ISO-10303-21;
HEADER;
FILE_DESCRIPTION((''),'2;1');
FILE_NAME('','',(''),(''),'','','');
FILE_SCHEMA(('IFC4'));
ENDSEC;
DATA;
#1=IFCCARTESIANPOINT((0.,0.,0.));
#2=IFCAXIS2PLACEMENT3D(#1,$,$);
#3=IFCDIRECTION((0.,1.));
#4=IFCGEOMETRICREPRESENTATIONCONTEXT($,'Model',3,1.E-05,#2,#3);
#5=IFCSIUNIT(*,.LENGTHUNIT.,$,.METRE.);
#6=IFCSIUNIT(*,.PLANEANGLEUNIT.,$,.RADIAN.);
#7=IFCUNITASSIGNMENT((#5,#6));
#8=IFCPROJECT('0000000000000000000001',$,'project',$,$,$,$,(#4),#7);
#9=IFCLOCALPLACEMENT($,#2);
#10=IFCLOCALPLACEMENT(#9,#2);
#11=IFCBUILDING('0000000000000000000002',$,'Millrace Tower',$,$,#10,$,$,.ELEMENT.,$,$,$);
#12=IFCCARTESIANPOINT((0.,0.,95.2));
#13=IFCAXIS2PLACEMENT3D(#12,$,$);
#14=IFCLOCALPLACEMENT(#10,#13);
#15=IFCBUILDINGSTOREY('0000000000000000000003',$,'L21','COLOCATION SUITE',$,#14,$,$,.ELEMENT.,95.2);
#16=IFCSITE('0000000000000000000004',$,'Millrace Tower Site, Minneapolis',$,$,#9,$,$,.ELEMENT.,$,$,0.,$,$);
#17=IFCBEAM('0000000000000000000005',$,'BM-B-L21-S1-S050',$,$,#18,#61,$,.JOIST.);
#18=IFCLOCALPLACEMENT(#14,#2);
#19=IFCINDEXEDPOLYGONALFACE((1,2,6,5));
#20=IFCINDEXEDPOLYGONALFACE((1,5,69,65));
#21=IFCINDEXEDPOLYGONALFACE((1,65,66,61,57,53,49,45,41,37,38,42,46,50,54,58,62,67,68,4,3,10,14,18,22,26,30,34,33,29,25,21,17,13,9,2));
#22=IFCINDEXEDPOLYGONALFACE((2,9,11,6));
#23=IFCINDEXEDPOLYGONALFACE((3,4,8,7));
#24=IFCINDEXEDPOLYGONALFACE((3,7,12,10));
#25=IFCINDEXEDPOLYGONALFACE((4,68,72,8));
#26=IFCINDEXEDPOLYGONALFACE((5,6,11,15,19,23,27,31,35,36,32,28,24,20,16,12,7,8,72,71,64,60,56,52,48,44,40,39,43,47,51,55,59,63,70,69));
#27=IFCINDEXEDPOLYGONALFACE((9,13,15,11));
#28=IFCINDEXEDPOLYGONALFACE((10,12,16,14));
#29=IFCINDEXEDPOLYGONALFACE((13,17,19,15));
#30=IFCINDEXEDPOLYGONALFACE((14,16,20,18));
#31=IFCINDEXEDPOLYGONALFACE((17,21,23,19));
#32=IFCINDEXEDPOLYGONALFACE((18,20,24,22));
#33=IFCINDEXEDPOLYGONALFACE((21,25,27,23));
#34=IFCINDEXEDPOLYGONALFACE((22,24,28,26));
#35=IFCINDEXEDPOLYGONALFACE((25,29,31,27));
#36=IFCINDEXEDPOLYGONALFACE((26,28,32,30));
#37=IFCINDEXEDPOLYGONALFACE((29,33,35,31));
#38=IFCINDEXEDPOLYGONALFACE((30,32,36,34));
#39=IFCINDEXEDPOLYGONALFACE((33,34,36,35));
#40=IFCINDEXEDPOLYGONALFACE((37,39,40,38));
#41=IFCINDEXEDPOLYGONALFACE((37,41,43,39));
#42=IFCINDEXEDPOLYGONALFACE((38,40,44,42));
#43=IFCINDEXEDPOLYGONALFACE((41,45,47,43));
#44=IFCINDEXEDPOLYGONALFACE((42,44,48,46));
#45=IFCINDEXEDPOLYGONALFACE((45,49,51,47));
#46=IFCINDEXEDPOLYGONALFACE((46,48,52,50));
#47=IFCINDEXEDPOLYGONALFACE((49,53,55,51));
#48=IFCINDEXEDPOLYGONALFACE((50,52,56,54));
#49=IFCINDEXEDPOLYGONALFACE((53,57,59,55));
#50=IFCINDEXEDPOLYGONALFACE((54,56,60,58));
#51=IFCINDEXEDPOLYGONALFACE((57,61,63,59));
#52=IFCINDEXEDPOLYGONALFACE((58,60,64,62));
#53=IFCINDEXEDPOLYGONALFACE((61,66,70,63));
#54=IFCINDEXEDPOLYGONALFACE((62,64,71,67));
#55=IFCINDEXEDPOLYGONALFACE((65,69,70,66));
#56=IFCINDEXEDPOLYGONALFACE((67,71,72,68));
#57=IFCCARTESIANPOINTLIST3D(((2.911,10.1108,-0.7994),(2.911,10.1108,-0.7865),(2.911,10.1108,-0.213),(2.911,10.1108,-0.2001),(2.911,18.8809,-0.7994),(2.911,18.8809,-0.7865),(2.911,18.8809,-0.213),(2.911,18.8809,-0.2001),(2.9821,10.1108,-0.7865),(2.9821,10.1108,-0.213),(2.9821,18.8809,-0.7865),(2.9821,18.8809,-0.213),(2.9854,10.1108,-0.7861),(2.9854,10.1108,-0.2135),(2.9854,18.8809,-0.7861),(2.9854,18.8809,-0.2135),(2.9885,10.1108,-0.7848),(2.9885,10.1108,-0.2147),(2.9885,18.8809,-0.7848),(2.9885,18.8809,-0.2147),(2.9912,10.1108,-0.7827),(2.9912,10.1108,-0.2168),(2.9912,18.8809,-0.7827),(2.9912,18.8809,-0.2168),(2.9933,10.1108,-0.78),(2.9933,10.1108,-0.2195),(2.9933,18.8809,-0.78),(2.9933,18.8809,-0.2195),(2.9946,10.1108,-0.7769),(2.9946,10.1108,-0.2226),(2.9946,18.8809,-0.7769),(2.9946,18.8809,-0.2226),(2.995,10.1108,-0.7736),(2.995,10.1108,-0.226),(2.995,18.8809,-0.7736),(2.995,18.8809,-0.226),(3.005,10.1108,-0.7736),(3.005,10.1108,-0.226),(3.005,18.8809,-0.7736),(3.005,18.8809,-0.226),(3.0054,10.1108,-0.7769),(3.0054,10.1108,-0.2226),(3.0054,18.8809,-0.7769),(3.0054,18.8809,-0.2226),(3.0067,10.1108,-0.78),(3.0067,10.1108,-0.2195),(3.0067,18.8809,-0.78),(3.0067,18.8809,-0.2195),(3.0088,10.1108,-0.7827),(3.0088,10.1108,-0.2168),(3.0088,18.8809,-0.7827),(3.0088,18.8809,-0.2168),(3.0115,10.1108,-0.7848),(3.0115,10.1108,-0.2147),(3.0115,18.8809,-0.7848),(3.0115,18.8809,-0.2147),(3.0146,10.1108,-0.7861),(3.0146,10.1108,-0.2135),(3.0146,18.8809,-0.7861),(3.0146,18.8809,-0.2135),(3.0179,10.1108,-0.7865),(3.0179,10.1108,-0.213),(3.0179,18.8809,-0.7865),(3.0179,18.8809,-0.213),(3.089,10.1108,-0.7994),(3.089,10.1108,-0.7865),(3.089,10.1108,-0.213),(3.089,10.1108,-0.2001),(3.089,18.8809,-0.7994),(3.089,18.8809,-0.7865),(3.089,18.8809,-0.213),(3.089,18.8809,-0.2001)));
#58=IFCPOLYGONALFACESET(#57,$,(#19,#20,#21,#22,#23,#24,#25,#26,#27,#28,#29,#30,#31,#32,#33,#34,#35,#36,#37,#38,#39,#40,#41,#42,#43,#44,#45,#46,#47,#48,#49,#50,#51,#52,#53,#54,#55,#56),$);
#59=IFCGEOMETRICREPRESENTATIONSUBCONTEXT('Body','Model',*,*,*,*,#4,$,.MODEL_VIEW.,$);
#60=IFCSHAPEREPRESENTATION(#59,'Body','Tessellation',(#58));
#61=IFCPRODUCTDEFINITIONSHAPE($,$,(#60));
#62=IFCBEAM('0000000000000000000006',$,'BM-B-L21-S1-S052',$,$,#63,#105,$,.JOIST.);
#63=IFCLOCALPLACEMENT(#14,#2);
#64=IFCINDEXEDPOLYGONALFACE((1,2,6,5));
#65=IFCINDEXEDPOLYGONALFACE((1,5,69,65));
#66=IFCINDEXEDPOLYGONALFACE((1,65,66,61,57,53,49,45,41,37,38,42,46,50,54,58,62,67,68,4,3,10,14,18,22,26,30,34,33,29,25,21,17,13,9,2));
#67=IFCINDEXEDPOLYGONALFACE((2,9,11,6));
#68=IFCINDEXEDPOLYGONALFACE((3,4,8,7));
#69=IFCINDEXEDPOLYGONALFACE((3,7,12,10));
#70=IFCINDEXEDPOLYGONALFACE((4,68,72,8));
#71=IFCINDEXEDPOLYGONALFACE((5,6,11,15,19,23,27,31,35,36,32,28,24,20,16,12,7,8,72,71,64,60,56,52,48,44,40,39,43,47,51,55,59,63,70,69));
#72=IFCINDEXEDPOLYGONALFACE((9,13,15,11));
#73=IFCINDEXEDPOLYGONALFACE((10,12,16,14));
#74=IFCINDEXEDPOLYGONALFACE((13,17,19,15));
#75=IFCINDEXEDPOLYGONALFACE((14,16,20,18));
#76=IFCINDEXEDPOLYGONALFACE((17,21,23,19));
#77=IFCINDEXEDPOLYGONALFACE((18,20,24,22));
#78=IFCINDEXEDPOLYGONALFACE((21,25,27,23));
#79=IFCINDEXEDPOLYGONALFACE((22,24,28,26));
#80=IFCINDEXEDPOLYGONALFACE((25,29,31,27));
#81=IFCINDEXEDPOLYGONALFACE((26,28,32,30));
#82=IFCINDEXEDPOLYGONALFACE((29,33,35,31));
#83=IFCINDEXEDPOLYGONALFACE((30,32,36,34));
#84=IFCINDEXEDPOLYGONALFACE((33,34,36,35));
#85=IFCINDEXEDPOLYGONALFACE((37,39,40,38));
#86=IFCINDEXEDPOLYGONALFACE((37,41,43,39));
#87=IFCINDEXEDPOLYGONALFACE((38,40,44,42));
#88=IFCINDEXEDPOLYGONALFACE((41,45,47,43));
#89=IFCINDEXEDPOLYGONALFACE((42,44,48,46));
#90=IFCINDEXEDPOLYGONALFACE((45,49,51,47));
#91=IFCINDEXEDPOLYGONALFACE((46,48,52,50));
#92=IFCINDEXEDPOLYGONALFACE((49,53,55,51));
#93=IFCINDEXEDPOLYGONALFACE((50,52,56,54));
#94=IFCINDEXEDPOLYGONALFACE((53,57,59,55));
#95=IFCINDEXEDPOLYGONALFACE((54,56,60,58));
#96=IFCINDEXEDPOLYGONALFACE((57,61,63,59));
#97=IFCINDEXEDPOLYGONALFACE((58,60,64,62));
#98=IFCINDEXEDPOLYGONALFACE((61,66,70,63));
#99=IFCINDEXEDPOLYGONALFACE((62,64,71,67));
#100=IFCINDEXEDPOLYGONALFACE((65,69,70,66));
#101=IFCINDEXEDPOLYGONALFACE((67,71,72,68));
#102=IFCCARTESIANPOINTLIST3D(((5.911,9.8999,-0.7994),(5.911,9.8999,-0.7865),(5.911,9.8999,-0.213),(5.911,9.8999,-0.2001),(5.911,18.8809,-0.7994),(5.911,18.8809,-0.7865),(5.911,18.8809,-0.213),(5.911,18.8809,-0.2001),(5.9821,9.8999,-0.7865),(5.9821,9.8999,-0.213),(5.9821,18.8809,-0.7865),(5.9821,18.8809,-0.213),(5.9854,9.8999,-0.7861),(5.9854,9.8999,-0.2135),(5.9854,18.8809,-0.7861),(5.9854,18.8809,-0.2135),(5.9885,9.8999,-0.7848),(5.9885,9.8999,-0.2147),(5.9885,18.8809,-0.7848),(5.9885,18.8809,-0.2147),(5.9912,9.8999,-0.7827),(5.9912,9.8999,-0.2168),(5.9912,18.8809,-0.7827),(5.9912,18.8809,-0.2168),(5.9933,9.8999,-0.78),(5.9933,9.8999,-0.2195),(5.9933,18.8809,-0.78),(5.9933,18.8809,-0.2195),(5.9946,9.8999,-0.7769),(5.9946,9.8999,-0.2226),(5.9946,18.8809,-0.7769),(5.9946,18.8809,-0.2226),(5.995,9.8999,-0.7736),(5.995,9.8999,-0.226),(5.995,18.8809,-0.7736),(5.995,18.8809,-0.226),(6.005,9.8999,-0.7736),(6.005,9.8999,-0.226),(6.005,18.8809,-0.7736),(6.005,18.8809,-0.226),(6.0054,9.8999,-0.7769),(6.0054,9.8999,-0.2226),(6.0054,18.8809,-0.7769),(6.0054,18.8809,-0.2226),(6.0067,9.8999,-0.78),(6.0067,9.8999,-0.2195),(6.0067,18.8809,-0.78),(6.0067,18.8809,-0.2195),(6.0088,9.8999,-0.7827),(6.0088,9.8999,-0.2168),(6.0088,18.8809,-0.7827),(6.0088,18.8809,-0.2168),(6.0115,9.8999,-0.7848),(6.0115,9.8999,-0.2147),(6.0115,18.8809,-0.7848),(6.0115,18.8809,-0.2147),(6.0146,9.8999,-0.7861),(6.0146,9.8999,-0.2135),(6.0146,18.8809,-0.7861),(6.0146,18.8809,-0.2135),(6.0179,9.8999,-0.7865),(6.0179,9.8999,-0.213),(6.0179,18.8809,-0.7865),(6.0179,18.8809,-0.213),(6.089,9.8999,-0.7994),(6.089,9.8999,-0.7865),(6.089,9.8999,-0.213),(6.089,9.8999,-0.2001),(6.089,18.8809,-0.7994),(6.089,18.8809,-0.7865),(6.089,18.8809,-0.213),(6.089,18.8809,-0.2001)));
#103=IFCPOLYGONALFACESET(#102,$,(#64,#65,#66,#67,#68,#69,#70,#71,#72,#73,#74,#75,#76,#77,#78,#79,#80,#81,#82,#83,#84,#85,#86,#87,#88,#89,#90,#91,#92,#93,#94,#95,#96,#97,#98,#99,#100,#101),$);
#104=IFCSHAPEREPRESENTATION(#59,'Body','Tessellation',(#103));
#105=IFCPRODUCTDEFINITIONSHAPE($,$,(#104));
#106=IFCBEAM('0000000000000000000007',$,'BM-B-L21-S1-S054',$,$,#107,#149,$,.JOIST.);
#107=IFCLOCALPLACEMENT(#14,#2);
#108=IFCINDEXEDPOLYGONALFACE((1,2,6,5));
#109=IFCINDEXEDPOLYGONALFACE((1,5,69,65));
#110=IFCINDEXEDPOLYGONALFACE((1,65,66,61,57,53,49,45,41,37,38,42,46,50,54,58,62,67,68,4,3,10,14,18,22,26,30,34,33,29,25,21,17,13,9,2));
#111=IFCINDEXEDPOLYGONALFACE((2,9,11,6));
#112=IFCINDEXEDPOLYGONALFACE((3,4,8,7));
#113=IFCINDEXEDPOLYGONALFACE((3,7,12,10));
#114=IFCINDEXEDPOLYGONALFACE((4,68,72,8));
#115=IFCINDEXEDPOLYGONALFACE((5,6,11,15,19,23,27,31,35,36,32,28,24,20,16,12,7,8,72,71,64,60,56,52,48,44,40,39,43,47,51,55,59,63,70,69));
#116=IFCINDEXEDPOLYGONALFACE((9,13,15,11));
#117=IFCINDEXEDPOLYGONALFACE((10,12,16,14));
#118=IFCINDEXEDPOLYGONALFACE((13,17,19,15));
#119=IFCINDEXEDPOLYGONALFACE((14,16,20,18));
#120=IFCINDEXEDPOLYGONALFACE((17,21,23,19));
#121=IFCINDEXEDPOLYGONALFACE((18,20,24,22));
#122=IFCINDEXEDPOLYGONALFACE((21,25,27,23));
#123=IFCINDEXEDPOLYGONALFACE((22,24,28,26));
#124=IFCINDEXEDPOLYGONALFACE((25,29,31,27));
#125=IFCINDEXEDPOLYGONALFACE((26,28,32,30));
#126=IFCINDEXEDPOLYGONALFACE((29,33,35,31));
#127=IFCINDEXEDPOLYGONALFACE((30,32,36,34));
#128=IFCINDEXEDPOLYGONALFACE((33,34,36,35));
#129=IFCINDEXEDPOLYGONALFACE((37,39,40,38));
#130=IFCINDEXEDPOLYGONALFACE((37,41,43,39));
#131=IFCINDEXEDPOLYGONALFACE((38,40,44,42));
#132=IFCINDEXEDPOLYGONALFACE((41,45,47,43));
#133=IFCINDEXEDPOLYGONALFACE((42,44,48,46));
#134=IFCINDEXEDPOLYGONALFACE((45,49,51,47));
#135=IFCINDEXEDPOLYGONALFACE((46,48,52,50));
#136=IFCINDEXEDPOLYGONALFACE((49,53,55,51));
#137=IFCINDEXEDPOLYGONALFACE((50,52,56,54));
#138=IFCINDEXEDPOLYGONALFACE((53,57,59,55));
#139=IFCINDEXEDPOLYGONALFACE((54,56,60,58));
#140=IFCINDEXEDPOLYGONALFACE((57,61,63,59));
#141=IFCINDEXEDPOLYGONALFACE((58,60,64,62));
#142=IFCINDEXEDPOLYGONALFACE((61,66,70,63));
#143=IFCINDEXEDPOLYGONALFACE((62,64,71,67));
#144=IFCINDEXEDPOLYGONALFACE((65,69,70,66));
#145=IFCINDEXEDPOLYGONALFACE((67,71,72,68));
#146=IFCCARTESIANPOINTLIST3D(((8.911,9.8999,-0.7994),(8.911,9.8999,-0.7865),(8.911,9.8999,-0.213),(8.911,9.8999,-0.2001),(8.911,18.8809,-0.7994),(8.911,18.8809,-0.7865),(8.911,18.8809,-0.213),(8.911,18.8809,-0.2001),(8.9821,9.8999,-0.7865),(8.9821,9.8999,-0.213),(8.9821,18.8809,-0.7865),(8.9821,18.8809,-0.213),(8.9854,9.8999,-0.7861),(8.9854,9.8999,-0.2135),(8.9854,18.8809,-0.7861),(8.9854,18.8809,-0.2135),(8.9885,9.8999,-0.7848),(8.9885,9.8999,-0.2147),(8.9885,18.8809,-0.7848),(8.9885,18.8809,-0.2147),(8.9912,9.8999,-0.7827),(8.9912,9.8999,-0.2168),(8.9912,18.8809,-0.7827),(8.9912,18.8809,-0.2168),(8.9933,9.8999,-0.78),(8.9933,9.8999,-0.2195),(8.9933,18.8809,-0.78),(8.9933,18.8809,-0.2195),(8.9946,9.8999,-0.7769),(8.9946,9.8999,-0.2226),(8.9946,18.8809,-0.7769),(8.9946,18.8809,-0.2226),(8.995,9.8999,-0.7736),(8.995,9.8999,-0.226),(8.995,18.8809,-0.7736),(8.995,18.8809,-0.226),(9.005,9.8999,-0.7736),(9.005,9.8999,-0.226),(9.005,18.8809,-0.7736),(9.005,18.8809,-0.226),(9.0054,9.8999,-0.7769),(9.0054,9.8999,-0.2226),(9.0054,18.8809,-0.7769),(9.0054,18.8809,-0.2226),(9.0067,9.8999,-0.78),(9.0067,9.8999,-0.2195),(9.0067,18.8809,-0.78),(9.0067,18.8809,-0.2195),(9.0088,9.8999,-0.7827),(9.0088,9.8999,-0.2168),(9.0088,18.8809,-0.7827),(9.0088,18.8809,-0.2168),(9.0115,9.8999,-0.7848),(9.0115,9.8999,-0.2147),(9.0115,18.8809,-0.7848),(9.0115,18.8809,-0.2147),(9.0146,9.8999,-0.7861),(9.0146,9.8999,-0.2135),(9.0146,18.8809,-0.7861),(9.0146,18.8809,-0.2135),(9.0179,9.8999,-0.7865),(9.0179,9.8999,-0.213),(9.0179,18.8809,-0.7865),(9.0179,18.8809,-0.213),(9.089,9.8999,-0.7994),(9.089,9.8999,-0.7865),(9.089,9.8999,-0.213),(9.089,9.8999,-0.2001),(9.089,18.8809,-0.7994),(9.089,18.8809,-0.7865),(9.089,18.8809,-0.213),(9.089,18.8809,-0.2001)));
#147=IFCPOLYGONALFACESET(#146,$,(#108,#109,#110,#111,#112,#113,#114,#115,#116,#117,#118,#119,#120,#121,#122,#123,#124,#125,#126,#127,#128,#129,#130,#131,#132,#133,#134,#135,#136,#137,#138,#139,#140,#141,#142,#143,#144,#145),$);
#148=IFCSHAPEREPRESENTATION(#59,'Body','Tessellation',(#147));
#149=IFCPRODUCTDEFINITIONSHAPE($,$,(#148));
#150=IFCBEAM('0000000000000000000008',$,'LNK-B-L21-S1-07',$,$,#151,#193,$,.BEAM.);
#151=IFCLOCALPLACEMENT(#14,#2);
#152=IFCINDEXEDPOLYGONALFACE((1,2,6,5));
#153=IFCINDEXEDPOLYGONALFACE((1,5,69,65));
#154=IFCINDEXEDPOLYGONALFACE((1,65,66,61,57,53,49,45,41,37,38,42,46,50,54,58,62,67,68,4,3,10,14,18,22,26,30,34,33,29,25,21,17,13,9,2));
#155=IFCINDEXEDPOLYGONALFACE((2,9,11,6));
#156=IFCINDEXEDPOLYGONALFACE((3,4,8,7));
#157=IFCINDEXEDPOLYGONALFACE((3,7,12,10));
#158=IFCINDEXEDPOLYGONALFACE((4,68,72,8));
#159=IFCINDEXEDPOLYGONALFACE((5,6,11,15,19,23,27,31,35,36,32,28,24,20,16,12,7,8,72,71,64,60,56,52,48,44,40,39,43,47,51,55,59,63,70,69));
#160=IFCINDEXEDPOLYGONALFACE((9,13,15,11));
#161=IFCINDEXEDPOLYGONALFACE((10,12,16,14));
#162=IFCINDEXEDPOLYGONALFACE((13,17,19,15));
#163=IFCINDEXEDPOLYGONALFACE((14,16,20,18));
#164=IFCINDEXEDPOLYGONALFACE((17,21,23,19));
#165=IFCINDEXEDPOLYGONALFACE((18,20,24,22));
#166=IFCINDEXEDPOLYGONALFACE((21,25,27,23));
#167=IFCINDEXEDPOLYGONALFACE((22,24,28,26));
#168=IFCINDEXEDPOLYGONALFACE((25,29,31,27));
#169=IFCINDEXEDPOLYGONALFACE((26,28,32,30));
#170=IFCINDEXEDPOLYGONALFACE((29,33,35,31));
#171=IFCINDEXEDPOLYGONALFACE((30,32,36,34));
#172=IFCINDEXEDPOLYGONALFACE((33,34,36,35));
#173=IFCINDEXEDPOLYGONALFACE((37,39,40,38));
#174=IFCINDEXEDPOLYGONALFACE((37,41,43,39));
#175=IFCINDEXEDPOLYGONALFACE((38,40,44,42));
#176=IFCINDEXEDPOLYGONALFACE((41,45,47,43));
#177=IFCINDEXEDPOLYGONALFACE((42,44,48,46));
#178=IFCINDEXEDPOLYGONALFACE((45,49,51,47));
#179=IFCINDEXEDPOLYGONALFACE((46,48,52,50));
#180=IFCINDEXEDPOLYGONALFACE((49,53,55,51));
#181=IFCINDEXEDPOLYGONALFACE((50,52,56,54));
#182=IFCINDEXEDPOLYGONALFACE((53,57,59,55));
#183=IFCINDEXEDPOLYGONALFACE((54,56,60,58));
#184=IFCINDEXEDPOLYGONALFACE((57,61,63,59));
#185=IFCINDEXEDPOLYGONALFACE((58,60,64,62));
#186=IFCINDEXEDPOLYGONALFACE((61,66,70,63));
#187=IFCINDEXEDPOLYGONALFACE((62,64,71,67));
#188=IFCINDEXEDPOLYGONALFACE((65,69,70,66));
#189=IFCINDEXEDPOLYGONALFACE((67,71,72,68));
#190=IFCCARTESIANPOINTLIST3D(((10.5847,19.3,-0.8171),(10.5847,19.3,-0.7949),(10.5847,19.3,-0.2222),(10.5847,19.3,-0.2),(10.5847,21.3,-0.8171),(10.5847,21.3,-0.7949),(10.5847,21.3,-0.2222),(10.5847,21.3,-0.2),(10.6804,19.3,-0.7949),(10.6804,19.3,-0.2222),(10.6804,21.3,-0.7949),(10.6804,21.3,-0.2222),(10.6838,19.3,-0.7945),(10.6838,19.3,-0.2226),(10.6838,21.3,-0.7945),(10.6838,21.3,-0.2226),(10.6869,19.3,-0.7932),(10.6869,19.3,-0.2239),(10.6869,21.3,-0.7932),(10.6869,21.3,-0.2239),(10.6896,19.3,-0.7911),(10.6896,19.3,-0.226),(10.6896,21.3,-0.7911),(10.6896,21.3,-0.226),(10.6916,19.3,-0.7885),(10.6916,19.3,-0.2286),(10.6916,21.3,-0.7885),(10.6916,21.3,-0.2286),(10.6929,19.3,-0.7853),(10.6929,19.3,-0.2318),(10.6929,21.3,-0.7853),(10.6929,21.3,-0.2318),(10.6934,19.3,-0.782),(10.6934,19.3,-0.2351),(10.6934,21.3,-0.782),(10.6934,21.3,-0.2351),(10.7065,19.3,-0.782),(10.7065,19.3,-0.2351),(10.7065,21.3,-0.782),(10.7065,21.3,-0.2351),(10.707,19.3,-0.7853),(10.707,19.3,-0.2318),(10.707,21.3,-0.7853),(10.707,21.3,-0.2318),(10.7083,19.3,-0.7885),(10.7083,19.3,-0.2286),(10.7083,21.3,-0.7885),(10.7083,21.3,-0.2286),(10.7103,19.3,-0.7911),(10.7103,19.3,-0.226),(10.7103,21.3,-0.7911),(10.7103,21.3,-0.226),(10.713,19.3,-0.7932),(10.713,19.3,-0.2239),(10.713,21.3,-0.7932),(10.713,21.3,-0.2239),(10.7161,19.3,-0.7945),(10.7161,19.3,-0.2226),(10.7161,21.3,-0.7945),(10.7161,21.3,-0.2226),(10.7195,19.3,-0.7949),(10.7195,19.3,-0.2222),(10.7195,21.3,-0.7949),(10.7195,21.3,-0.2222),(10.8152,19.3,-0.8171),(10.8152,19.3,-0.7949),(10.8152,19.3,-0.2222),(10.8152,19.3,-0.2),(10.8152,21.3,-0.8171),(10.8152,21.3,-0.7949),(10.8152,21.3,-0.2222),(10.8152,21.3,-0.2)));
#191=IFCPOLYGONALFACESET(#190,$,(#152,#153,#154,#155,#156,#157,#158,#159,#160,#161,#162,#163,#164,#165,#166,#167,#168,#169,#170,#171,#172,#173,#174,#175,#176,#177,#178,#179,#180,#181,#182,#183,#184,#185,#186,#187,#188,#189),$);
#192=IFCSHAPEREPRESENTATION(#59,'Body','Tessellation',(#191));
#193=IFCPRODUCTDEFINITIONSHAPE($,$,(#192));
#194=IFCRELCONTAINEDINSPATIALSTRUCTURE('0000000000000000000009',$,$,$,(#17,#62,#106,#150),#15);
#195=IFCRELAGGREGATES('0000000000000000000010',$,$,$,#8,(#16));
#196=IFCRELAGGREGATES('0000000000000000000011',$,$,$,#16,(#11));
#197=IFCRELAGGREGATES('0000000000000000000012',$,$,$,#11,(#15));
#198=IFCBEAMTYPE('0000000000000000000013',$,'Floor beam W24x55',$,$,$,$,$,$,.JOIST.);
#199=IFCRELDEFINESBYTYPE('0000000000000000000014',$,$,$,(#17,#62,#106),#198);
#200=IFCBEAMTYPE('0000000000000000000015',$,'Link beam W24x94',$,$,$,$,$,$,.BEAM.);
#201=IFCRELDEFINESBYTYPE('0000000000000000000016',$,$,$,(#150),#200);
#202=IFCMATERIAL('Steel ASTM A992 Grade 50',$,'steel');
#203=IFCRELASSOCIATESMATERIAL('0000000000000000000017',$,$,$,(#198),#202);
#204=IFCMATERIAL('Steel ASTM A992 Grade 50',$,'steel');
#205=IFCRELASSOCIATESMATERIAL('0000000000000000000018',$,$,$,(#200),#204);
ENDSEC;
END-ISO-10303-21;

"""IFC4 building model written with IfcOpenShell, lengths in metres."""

from ifc_helpers import new_model, si_unit, direction, frame, origin, origin_2d, place, context, subcontext, project, spatial, i_section, extrude, material, material_profile, profile_set, type_object, element, save


model = new_model("IFC4")

# Units and contexts
model_context = context("Model", 3, precision=1e-05, world=origin(), true_north=direction((0.0, 1.0)))
body_context = subcontext(model_context, "Body", "Model", "MODEL_VIEW")
ifc_project = project(units=[si_unit("LENGTHUNIT", "METRE"), si_unit("PLANEANGLEUNIT", "RADIAN")], contexts=[model_context])

# Site, building, storey
site_placement = place(None, origin())
site = spatial("IfcSite", under=ifc_project, at=site_placement, Name="Millrace Tower Site, Minneapolis", CompositionType="ELEMENT", RefElevation=0.0)
building_placement = place(site_placement, origin())
building = spatial("IfcBuilding", under=site, at=building_placement, Name="Millrace Tower", CompositionType="ELEMENT")
storey_placement = place(building_placement, frame((0.0, 0.0, 95.2)))
storey = spatial("IfcBuildingStorey", under=building, at=storey_placement, Name="L21", Description="COLOCATION SUITE", CompositionType="ELEMENT", Elevation=95.2)

# Beams
ifc_material_1 = material(Name="Steel ASTM A992 Grade 50", Category="steel")
ifc_material_profile_1 = material_profile(ifc_material_1, i_section(OverallWidth=0.178, OverallDepth=0.5994, WebThickness=0.01, FlangeThickness=0.0129, FilletRadius=0.0129, at=origin_2d()))
ifc_profile_set_1 = profile_set([ifc_material_profile_1], Name="Steel ASTM A992 Grade 50")
beam_type_1 = type_object("IfcBeamType", Name="Floor beam W24x55", PredefinedType="JOIST", material=ifc_profile_set_1)
beam_1_placement = place(storey_placement, frame((3.0, 10.1108, -0.4998), z_axis=(0.0, 1.0, 0.0), x_axis=(-1.0, 0.0, 0.0)))
element("IfcBeam", 1, at=beam_1_placement, inside=storey, type_object=beam_type_1, Name="BM-B-L21-S1-S050", PredefinedType="JOIST", context=body_context, shape_type="SweptSolid", body=[
    extrude(i_section(OverallWidth=0.178, OverallDepth=0.5994, WebThickness=0.01, FlangeThickness=0.0129, FilletRadius=0.0129, at=origin_2d()), origin(), (0.0, 0.0, 1.0), 8.77),
])
for number, where, z_axis, x_axis, name in (
    (2, (6.0, 9.8999, -0.4998), (0.0, 1.0, 0.0), (-1.0, 0.0, 0.0), "BM-B-L21-S1-S052"),
    (3, (9.0, 9.8999, -0.4998), (0.0, 1.0, 0.0), (-1.0, 0.0, 0.0), "BM-B-L21-S1-S054"),
):
    element("IfcBeam", number, at=place(storey_placement, frame(where, z_axis=z_axis, x_axis=x_axis)), inside=storey, type_object=beam_type_1, Name=name, PredefinedType="JOIST", context=body_context, shape_type="SweptSolid", body=[
        extrude(i_section(OverallWidth=0.178, OverallDepth=0.5994, WebThickness=0.01, FlangeThickness=0.0129, FilletRadius=0.0129, at=origin_2d()), origin(), (0.0, 0.0, 1.0), 8.981),
    ])
ifc_material_2 = material(Name="Steel ASTM A992 Grade 50", Category="steel")
ifc_material_profile_2 = material_profile(ifc_material_2, i_section(OverallWidth=0.2305, OverallDepth=0.6172, WebThickness=0.0132, FlangeThickness=0.0222, FilletRadius=0.0129, at=origin_2d()))
ifc_profile_set_2 = profile_set([ifc_material_profile_2], Name="Steel ASTM A992 Grade 50")
beam_type_2 = type_object("IfcBeamType", Name="Link beam W24x94", PredefinedType="BEAM", material=ifc_profile_set_2)
beam_2_placement = place(storey_placement, frame((10.7, 19.3, -0.5085), z_axis=(0.0, 1.0, 0.0), x_axis=(-1.0, 0.0, 0.0)))
element("IfcBeam", 4, at=beam_2_placement, inside=storey, type_object=beam_type_2, Name="LNK-B-L21-S1-07", PredefinedType="BEAM", context=body_context, shape_type="SweptSolid", body=[
    extrude(i_section(OverallWidth=0.2305, OverallDepth=0.6172, WebThickness=0.0132, FlangeThickness=0.0222, FilletRadius=0.0129, at=origin_2d()), origin(), (0.0, 0.0, 1.0), 2.0),
])

save(model, "model.ifc")
